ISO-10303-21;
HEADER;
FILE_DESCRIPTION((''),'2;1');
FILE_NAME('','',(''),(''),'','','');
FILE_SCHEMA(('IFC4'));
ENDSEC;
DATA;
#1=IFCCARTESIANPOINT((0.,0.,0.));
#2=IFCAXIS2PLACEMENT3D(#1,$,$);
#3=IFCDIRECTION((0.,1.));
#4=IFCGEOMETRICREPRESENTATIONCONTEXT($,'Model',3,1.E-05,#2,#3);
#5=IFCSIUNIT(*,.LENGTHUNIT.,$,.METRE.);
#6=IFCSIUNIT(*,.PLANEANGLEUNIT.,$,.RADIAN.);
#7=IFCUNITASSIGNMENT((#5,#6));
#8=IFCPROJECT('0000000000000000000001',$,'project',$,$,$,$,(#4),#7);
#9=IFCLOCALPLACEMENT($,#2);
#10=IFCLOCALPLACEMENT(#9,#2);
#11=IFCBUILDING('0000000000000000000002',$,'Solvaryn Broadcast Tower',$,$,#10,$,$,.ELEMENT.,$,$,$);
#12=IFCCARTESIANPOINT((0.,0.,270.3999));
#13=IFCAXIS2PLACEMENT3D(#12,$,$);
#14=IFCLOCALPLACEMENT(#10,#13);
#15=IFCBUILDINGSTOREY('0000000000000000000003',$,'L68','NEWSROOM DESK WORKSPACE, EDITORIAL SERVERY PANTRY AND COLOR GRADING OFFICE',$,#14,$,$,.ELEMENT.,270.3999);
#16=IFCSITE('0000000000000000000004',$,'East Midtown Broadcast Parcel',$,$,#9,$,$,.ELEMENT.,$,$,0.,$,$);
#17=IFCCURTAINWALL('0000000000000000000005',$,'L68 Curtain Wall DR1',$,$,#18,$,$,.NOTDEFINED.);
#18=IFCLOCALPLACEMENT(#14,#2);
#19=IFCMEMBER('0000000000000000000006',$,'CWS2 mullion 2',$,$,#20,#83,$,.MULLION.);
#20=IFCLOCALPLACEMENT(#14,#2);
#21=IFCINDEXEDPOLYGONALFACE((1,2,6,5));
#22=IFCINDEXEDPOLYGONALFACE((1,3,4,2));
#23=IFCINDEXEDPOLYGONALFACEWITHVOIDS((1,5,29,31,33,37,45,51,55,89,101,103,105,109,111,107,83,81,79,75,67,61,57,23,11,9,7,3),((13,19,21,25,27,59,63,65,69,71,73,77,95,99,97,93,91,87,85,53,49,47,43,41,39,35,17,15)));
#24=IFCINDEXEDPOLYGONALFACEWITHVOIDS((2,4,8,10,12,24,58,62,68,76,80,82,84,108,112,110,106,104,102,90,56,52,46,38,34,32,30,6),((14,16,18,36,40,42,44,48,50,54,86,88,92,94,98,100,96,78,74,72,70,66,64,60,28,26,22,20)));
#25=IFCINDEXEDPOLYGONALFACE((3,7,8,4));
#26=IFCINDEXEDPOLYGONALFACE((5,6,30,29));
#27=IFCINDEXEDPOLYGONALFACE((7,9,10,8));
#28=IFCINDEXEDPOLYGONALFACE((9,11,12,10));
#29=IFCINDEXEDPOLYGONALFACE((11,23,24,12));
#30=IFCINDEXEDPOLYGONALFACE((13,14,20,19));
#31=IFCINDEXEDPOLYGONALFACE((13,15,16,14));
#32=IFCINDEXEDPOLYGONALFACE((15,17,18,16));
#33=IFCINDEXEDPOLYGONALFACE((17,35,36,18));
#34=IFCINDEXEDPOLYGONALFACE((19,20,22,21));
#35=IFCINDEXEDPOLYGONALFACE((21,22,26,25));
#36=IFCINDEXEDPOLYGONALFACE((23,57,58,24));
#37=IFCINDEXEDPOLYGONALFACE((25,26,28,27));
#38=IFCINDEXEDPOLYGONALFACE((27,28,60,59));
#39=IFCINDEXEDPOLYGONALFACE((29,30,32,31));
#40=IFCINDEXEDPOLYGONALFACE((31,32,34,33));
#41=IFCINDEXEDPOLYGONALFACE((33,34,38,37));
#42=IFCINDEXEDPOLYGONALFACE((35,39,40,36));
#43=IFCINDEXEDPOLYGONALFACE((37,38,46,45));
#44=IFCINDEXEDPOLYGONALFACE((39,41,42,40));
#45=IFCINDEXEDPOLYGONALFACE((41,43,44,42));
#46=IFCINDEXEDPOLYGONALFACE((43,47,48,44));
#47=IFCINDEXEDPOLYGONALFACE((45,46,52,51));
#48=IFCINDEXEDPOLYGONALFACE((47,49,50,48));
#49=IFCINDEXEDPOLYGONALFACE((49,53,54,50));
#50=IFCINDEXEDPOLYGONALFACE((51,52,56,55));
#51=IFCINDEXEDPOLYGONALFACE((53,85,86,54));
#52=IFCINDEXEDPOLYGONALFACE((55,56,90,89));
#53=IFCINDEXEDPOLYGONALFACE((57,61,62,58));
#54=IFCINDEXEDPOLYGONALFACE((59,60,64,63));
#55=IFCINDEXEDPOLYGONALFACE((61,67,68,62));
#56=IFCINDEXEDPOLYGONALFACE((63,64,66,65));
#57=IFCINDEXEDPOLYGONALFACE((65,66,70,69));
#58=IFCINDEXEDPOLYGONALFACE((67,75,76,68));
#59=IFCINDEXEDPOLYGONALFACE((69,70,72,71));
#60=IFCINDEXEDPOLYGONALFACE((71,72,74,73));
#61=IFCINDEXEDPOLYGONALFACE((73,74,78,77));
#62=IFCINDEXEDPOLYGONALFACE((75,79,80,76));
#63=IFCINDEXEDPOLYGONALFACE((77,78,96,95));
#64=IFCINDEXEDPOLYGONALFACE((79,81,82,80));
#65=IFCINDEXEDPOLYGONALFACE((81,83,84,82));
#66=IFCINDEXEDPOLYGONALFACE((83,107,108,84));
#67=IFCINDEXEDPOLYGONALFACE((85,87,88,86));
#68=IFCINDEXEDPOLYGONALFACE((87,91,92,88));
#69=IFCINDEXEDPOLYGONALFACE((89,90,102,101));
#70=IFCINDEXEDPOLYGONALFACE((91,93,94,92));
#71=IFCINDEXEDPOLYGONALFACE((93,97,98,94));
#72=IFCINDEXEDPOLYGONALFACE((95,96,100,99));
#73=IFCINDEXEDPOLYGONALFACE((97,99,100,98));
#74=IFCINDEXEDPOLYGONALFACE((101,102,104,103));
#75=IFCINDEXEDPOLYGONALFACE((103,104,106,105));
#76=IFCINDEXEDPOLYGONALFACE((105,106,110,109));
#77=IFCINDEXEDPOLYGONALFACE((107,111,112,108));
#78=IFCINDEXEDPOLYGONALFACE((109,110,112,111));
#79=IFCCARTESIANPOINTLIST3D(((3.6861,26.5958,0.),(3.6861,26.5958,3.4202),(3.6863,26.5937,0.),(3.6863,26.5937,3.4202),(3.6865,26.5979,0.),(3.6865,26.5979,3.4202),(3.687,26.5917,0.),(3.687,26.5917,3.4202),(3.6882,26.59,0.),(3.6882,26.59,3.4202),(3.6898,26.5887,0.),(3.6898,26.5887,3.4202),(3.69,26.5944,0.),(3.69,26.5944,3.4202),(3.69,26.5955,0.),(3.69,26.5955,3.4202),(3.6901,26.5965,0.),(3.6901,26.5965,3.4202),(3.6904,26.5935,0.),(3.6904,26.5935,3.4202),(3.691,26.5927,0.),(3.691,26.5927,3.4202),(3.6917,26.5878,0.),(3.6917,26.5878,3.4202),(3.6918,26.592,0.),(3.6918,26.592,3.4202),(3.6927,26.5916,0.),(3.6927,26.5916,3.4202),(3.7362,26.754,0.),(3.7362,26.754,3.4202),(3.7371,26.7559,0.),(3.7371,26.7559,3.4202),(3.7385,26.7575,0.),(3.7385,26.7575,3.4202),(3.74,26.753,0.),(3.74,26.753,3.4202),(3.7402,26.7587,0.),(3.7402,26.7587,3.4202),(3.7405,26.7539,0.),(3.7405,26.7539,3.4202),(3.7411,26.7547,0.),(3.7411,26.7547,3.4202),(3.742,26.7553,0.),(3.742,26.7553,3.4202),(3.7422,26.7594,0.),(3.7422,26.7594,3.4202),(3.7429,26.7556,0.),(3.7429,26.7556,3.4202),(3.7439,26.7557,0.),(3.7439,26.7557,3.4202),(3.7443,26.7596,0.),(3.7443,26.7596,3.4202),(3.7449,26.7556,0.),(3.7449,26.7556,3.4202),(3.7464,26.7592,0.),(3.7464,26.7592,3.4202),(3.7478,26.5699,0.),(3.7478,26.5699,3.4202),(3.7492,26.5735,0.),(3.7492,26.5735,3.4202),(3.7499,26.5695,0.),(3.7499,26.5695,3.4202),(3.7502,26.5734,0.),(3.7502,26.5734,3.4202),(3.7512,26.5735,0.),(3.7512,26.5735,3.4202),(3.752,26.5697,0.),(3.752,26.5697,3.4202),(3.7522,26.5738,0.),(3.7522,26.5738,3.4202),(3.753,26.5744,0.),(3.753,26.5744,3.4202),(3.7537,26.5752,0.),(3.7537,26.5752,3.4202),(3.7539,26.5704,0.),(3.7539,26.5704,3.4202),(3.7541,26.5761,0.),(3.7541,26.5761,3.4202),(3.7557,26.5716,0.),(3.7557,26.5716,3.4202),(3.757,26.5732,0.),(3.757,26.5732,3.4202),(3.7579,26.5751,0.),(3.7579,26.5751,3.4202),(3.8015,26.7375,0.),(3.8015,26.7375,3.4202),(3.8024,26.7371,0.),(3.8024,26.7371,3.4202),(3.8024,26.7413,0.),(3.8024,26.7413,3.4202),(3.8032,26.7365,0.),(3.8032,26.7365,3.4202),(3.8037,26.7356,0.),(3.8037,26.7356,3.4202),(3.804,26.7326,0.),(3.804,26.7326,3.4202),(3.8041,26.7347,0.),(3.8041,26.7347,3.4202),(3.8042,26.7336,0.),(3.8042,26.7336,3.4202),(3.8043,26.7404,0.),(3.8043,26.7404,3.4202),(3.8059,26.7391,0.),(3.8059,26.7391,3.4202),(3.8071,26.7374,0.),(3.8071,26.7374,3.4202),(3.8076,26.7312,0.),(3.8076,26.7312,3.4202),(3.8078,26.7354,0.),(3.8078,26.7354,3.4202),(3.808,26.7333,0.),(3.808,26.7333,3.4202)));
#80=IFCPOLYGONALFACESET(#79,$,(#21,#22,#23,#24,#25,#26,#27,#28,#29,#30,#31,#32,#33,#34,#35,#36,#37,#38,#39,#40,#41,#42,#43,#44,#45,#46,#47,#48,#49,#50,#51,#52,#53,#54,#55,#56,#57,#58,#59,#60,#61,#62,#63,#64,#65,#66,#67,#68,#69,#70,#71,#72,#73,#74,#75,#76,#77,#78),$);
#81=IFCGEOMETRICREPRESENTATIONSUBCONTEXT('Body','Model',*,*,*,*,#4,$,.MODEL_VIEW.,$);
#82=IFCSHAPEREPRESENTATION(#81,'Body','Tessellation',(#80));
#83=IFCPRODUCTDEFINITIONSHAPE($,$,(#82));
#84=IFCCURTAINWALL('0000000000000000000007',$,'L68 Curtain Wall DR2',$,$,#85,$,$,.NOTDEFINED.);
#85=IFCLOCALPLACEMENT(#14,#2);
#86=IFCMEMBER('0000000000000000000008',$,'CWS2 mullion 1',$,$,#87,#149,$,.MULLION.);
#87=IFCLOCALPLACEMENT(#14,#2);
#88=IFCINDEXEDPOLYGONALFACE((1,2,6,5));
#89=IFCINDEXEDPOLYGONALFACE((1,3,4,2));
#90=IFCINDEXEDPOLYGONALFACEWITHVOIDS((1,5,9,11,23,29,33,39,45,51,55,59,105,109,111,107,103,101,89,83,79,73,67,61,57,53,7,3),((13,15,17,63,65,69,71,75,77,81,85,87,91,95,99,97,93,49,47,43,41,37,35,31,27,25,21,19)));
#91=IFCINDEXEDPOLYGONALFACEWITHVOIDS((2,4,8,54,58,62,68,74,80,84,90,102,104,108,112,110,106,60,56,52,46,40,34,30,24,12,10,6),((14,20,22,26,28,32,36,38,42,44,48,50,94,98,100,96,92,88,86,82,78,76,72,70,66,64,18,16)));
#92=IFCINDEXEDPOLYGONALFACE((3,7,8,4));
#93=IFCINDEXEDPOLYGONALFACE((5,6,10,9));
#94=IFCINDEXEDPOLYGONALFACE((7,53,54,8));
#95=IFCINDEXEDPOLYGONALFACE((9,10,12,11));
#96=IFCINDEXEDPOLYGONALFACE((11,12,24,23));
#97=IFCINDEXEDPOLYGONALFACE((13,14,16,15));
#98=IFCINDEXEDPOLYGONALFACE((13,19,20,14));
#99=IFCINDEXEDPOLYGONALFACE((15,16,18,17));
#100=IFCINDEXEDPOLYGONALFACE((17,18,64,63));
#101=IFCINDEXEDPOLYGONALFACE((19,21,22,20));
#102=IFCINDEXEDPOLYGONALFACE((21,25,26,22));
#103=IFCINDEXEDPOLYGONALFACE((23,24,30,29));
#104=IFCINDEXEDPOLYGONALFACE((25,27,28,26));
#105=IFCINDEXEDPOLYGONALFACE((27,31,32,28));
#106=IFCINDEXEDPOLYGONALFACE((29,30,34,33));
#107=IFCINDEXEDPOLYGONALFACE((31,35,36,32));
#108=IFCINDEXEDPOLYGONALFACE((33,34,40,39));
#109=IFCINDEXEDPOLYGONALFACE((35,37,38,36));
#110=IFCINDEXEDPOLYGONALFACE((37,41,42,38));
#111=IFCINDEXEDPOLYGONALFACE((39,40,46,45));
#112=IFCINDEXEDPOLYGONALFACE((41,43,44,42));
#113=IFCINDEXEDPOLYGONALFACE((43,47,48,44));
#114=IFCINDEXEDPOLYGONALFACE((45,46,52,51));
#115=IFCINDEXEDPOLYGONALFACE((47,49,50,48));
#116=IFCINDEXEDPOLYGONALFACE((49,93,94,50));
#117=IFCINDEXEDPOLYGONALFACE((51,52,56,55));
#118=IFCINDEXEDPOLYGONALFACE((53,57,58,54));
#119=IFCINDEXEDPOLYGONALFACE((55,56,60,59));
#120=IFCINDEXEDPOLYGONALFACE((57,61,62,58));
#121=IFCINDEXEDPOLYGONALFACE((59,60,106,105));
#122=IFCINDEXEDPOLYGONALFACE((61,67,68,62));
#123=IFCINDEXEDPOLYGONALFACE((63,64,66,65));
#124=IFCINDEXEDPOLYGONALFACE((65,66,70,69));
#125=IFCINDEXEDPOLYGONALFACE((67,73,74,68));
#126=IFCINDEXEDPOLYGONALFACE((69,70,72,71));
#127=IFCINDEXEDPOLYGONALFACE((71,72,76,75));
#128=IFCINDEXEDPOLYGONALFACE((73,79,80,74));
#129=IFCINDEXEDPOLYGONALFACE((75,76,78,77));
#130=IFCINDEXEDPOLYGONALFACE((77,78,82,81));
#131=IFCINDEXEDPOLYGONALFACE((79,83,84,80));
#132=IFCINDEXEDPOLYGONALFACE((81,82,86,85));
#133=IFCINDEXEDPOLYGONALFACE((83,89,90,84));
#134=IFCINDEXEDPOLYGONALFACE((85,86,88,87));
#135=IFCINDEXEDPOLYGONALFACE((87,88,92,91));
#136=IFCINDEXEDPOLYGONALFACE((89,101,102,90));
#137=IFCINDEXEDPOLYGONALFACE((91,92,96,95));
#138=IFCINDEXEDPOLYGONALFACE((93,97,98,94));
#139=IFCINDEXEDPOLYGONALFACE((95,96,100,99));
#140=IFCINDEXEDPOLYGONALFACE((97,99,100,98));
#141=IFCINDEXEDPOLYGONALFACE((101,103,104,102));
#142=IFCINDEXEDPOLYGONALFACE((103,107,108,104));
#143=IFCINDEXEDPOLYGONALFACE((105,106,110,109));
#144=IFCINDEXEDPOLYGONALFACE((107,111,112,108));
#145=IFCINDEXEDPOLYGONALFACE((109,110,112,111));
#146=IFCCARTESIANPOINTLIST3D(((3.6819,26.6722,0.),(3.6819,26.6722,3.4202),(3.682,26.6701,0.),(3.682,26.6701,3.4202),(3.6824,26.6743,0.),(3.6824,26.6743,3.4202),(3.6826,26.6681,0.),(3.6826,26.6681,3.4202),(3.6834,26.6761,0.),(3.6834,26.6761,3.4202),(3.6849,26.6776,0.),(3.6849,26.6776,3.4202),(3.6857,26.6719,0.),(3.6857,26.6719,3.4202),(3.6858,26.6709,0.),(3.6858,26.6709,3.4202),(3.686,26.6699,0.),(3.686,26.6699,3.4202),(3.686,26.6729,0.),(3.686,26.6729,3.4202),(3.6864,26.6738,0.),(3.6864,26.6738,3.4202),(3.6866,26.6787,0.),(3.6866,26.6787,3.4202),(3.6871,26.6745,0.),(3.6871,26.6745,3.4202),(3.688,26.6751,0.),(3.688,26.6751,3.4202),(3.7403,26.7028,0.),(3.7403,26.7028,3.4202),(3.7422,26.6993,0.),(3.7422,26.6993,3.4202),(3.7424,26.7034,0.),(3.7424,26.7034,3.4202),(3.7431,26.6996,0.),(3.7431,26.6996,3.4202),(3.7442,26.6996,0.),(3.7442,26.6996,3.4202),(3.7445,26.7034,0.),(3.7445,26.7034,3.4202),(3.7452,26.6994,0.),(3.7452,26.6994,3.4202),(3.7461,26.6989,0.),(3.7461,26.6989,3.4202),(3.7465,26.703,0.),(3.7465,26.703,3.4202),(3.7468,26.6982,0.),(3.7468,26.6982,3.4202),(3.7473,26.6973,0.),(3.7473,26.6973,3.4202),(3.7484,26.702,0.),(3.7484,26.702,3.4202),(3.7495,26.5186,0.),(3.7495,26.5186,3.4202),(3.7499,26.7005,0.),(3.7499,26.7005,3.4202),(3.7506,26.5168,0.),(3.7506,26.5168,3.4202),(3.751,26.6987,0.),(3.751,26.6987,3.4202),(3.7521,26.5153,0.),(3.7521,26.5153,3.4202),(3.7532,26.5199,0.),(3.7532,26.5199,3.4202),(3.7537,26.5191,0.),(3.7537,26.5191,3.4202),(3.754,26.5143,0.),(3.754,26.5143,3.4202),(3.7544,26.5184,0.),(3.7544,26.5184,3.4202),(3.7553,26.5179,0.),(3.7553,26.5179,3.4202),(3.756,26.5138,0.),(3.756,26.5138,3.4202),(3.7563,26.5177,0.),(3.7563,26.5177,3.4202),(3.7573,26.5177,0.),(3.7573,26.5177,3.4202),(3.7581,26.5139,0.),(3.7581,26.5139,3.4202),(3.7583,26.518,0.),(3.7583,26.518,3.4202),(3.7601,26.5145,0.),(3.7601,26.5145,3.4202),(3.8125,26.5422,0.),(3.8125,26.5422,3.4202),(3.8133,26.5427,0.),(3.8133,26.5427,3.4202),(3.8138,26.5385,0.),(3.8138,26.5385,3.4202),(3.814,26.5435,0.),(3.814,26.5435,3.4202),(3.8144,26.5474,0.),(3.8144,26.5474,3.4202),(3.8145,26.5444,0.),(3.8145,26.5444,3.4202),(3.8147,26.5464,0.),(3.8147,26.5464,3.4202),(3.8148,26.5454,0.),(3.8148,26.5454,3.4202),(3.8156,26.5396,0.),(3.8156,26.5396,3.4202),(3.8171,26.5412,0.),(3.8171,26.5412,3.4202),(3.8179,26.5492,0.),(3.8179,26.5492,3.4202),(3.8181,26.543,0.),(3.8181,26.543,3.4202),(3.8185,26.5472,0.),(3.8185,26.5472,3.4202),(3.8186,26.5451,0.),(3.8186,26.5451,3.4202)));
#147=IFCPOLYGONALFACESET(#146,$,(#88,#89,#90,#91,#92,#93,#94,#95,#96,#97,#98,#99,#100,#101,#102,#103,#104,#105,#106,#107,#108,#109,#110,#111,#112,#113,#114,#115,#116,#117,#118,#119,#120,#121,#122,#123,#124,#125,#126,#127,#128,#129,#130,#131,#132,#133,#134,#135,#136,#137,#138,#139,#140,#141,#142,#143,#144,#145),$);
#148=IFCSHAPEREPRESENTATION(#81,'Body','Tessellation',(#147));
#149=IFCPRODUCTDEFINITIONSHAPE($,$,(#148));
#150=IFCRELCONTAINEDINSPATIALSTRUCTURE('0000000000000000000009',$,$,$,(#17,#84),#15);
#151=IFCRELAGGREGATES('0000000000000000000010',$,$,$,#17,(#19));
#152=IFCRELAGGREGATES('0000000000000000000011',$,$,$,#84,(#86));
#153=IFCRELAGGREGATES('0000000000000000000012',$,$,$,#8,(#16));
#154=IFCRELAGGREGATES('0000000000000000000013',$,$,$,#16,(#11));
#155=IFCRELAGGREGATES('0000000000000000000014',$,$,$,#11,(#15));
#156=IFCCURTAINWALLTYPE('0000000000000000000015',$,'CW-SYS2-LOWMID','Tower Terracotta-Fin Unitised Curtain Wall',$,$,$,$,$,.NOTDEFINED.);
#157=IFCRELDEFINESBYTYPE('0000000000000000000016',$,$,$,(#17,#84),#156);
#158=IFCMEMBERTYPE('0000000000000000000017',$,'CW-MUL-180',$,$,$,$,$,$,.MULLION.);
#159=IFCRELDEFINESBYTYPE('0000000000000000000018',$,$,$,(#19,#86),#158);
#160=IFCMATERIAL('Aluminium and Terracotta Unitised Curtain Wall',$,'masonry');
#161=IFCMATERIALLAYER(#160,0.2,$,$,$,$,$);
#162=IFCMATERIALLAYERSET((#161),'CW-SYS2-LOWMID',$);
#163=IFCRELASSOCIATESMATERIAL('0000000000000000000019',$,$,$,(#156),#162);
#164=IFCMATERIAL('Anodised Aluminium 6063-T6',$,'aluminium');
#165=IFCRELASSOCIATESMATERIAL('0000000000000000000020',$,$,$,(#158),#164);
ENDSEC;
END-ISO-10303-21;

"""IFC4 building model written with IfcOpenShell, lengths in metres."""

from ifc_helpers import new_model, si_unit, direction, frame, origin, origin_2d, place, context, subcontext, project, spatial, hollow_rectangle, extrude, material, layer, layer_set, material_profile, profile_set, type_object, element, aggregate, save


model = new_model("IFC4")

# Units and contexts
model_context = context("Model", 3, precision=1e-05, world=origin(), true_north=direction((0.0, 1.0)))
body_context = subcontext(model_context, "Body", "Model", "MODEL_VIEW")
ifc_project = project(units=[si_unit("LENGTHUNIT", "METRE"), si_unit("PLANEANGLEUNIT", "RADIAN")], contexts=[model_context])

# Site, building, storey
site_placement = place(None, origin())
site = spatial("IfcSite", under=ifc_project, at=site_placement, Name="East Midtown Broadcast Parcel", CompositionType="ELEMENT", RefElevation=0.0)
building_placement = place(site_placement, origin())
building = spatial("IfcBuilding", under=site, at=building_placement, Name="Solvaryn Broadcast Tower", CompositionType="ELEMENT")
storey_placement = place(building_placement, frame((0.0, 0.0, 270.3999)))
storey = spatial("IfcBuildingStorey", under=building, at=storey_placement, Name="L68", Description="NEWSROOM DESK WORKSPACE, EDITORIAL SERVERY PANTRY AND COLOR GRADING OFFICE", CompositionType="ELEMENT", Elevation=270.3999)

# Curtain wall, member
ifc_material_1 = material(Name="Aluminium and Terracotta Unitised Curtain Wall", Category="masonry")
ifc_layer_1 = layer(ifc_material_1, 0.2)
ifc_layer_set_1 = layer_set([ifc_layer_1], Name="CW-SYS2-LOWMID")
curtain_wall_type = type_object("IfcCurtainWallType", Name="CW-SYS2-LOWMID", Description="Tower Terracotta-Fin Unitised Curtain Wall", PredefinedType="NOTDEFINED", material=ifc_layer_set_1)
curtain_wall_1_placement = place(storey_placement, origin())
curtain_wall_1 = element("IfcCurtainWall", 1, at=curtain_wall_1_placement, inside=storey, type_object=curtain_wall_type, Name="L68 Curtain Wall DR1", PredefinedType="NOTDEFINED")
ifc_material_2 = material(Name="Anodised Aluminium 6063-T6", Category="aluminium")
ifc_material_profile_1 = material_profile(ifc_material_2, hollow_rectangle(XDim=0.075, YDim=0.1799, WallThickness=0.0039, InnerFilletRadius=0.0039, OuterFilletRadius=0.0081, at=origin_2d()))
ifc_profile_set_1 = profile_set([ifc_material_profile_1], Name="Anodised Aluminium 6063-T6")
member_type_1 = type_object("IfcMemberType", Name="CW-MUL-180", PredefinedType="MULLION", material=ifc_profile_set_1)
member_1_placement = place(storey_placement, frame((3.7471, 26.6646, 0.0), z_axis=(0.0, 0.0, 1.0), x_axis=(0.952795, -0.303616, 0.0)))
member_1 = element("IfcMember", 2, at=member_1_placement, type_object=member_type_1, Name="CWS2 mullion 2", PredefinedType="MULLION", context=body_context, shape_type="SweptSolid", body=[
    extrude(hollow_rectangle(XDim=0.075, YDim=0.1799, WallThickness=0.0039, InnerFilletRadius=0.0039, OuterFilletRadius=0.0081, at=origin_2d()), origin(), (0.0, 0.0, 1.0), 3.4202),
])
aggregate(curtain_wall_1, [member_1])

# Curtain wall, member
curtain_wall_2_placement = place(storey_placement, origin())
curtain_wall_2 = element("IfcCurtainWall", 3, at=curtain_wall_2_placement, inside=storey, type_object=curtain_wall_type, Name="L68 Curtain Wall DR2", PredefinedType="NOTDEFINED")
member_2_placement = place(storey_placement, frame((3.7502, 26.6086, 0.0), z_axis=(0.0, 0.0, 1.0), x_axis=(0.912774, 0.408466, 0.0)))
member_2 = element("IfcMember", 4, at=member_2_placement, type_object=member_type_1, Name="CWS2 mullion 1", PredefinedType="MULLION", context=body_context, shape_type="SweptSolid", body=[
    extrude(hollow_rectangle(XDim=0.075, YDim=0.1799, WallThickness=0.0039, InnerFilletRadius=0.0039, OuterFilletRadius=0.0081, at=origin_2d()), origin(), (0.0, 0.0, 1.0), 3.4202),
])
aggregate(curtain_wall_2, [member_2])

save(model, "model.ifc")
